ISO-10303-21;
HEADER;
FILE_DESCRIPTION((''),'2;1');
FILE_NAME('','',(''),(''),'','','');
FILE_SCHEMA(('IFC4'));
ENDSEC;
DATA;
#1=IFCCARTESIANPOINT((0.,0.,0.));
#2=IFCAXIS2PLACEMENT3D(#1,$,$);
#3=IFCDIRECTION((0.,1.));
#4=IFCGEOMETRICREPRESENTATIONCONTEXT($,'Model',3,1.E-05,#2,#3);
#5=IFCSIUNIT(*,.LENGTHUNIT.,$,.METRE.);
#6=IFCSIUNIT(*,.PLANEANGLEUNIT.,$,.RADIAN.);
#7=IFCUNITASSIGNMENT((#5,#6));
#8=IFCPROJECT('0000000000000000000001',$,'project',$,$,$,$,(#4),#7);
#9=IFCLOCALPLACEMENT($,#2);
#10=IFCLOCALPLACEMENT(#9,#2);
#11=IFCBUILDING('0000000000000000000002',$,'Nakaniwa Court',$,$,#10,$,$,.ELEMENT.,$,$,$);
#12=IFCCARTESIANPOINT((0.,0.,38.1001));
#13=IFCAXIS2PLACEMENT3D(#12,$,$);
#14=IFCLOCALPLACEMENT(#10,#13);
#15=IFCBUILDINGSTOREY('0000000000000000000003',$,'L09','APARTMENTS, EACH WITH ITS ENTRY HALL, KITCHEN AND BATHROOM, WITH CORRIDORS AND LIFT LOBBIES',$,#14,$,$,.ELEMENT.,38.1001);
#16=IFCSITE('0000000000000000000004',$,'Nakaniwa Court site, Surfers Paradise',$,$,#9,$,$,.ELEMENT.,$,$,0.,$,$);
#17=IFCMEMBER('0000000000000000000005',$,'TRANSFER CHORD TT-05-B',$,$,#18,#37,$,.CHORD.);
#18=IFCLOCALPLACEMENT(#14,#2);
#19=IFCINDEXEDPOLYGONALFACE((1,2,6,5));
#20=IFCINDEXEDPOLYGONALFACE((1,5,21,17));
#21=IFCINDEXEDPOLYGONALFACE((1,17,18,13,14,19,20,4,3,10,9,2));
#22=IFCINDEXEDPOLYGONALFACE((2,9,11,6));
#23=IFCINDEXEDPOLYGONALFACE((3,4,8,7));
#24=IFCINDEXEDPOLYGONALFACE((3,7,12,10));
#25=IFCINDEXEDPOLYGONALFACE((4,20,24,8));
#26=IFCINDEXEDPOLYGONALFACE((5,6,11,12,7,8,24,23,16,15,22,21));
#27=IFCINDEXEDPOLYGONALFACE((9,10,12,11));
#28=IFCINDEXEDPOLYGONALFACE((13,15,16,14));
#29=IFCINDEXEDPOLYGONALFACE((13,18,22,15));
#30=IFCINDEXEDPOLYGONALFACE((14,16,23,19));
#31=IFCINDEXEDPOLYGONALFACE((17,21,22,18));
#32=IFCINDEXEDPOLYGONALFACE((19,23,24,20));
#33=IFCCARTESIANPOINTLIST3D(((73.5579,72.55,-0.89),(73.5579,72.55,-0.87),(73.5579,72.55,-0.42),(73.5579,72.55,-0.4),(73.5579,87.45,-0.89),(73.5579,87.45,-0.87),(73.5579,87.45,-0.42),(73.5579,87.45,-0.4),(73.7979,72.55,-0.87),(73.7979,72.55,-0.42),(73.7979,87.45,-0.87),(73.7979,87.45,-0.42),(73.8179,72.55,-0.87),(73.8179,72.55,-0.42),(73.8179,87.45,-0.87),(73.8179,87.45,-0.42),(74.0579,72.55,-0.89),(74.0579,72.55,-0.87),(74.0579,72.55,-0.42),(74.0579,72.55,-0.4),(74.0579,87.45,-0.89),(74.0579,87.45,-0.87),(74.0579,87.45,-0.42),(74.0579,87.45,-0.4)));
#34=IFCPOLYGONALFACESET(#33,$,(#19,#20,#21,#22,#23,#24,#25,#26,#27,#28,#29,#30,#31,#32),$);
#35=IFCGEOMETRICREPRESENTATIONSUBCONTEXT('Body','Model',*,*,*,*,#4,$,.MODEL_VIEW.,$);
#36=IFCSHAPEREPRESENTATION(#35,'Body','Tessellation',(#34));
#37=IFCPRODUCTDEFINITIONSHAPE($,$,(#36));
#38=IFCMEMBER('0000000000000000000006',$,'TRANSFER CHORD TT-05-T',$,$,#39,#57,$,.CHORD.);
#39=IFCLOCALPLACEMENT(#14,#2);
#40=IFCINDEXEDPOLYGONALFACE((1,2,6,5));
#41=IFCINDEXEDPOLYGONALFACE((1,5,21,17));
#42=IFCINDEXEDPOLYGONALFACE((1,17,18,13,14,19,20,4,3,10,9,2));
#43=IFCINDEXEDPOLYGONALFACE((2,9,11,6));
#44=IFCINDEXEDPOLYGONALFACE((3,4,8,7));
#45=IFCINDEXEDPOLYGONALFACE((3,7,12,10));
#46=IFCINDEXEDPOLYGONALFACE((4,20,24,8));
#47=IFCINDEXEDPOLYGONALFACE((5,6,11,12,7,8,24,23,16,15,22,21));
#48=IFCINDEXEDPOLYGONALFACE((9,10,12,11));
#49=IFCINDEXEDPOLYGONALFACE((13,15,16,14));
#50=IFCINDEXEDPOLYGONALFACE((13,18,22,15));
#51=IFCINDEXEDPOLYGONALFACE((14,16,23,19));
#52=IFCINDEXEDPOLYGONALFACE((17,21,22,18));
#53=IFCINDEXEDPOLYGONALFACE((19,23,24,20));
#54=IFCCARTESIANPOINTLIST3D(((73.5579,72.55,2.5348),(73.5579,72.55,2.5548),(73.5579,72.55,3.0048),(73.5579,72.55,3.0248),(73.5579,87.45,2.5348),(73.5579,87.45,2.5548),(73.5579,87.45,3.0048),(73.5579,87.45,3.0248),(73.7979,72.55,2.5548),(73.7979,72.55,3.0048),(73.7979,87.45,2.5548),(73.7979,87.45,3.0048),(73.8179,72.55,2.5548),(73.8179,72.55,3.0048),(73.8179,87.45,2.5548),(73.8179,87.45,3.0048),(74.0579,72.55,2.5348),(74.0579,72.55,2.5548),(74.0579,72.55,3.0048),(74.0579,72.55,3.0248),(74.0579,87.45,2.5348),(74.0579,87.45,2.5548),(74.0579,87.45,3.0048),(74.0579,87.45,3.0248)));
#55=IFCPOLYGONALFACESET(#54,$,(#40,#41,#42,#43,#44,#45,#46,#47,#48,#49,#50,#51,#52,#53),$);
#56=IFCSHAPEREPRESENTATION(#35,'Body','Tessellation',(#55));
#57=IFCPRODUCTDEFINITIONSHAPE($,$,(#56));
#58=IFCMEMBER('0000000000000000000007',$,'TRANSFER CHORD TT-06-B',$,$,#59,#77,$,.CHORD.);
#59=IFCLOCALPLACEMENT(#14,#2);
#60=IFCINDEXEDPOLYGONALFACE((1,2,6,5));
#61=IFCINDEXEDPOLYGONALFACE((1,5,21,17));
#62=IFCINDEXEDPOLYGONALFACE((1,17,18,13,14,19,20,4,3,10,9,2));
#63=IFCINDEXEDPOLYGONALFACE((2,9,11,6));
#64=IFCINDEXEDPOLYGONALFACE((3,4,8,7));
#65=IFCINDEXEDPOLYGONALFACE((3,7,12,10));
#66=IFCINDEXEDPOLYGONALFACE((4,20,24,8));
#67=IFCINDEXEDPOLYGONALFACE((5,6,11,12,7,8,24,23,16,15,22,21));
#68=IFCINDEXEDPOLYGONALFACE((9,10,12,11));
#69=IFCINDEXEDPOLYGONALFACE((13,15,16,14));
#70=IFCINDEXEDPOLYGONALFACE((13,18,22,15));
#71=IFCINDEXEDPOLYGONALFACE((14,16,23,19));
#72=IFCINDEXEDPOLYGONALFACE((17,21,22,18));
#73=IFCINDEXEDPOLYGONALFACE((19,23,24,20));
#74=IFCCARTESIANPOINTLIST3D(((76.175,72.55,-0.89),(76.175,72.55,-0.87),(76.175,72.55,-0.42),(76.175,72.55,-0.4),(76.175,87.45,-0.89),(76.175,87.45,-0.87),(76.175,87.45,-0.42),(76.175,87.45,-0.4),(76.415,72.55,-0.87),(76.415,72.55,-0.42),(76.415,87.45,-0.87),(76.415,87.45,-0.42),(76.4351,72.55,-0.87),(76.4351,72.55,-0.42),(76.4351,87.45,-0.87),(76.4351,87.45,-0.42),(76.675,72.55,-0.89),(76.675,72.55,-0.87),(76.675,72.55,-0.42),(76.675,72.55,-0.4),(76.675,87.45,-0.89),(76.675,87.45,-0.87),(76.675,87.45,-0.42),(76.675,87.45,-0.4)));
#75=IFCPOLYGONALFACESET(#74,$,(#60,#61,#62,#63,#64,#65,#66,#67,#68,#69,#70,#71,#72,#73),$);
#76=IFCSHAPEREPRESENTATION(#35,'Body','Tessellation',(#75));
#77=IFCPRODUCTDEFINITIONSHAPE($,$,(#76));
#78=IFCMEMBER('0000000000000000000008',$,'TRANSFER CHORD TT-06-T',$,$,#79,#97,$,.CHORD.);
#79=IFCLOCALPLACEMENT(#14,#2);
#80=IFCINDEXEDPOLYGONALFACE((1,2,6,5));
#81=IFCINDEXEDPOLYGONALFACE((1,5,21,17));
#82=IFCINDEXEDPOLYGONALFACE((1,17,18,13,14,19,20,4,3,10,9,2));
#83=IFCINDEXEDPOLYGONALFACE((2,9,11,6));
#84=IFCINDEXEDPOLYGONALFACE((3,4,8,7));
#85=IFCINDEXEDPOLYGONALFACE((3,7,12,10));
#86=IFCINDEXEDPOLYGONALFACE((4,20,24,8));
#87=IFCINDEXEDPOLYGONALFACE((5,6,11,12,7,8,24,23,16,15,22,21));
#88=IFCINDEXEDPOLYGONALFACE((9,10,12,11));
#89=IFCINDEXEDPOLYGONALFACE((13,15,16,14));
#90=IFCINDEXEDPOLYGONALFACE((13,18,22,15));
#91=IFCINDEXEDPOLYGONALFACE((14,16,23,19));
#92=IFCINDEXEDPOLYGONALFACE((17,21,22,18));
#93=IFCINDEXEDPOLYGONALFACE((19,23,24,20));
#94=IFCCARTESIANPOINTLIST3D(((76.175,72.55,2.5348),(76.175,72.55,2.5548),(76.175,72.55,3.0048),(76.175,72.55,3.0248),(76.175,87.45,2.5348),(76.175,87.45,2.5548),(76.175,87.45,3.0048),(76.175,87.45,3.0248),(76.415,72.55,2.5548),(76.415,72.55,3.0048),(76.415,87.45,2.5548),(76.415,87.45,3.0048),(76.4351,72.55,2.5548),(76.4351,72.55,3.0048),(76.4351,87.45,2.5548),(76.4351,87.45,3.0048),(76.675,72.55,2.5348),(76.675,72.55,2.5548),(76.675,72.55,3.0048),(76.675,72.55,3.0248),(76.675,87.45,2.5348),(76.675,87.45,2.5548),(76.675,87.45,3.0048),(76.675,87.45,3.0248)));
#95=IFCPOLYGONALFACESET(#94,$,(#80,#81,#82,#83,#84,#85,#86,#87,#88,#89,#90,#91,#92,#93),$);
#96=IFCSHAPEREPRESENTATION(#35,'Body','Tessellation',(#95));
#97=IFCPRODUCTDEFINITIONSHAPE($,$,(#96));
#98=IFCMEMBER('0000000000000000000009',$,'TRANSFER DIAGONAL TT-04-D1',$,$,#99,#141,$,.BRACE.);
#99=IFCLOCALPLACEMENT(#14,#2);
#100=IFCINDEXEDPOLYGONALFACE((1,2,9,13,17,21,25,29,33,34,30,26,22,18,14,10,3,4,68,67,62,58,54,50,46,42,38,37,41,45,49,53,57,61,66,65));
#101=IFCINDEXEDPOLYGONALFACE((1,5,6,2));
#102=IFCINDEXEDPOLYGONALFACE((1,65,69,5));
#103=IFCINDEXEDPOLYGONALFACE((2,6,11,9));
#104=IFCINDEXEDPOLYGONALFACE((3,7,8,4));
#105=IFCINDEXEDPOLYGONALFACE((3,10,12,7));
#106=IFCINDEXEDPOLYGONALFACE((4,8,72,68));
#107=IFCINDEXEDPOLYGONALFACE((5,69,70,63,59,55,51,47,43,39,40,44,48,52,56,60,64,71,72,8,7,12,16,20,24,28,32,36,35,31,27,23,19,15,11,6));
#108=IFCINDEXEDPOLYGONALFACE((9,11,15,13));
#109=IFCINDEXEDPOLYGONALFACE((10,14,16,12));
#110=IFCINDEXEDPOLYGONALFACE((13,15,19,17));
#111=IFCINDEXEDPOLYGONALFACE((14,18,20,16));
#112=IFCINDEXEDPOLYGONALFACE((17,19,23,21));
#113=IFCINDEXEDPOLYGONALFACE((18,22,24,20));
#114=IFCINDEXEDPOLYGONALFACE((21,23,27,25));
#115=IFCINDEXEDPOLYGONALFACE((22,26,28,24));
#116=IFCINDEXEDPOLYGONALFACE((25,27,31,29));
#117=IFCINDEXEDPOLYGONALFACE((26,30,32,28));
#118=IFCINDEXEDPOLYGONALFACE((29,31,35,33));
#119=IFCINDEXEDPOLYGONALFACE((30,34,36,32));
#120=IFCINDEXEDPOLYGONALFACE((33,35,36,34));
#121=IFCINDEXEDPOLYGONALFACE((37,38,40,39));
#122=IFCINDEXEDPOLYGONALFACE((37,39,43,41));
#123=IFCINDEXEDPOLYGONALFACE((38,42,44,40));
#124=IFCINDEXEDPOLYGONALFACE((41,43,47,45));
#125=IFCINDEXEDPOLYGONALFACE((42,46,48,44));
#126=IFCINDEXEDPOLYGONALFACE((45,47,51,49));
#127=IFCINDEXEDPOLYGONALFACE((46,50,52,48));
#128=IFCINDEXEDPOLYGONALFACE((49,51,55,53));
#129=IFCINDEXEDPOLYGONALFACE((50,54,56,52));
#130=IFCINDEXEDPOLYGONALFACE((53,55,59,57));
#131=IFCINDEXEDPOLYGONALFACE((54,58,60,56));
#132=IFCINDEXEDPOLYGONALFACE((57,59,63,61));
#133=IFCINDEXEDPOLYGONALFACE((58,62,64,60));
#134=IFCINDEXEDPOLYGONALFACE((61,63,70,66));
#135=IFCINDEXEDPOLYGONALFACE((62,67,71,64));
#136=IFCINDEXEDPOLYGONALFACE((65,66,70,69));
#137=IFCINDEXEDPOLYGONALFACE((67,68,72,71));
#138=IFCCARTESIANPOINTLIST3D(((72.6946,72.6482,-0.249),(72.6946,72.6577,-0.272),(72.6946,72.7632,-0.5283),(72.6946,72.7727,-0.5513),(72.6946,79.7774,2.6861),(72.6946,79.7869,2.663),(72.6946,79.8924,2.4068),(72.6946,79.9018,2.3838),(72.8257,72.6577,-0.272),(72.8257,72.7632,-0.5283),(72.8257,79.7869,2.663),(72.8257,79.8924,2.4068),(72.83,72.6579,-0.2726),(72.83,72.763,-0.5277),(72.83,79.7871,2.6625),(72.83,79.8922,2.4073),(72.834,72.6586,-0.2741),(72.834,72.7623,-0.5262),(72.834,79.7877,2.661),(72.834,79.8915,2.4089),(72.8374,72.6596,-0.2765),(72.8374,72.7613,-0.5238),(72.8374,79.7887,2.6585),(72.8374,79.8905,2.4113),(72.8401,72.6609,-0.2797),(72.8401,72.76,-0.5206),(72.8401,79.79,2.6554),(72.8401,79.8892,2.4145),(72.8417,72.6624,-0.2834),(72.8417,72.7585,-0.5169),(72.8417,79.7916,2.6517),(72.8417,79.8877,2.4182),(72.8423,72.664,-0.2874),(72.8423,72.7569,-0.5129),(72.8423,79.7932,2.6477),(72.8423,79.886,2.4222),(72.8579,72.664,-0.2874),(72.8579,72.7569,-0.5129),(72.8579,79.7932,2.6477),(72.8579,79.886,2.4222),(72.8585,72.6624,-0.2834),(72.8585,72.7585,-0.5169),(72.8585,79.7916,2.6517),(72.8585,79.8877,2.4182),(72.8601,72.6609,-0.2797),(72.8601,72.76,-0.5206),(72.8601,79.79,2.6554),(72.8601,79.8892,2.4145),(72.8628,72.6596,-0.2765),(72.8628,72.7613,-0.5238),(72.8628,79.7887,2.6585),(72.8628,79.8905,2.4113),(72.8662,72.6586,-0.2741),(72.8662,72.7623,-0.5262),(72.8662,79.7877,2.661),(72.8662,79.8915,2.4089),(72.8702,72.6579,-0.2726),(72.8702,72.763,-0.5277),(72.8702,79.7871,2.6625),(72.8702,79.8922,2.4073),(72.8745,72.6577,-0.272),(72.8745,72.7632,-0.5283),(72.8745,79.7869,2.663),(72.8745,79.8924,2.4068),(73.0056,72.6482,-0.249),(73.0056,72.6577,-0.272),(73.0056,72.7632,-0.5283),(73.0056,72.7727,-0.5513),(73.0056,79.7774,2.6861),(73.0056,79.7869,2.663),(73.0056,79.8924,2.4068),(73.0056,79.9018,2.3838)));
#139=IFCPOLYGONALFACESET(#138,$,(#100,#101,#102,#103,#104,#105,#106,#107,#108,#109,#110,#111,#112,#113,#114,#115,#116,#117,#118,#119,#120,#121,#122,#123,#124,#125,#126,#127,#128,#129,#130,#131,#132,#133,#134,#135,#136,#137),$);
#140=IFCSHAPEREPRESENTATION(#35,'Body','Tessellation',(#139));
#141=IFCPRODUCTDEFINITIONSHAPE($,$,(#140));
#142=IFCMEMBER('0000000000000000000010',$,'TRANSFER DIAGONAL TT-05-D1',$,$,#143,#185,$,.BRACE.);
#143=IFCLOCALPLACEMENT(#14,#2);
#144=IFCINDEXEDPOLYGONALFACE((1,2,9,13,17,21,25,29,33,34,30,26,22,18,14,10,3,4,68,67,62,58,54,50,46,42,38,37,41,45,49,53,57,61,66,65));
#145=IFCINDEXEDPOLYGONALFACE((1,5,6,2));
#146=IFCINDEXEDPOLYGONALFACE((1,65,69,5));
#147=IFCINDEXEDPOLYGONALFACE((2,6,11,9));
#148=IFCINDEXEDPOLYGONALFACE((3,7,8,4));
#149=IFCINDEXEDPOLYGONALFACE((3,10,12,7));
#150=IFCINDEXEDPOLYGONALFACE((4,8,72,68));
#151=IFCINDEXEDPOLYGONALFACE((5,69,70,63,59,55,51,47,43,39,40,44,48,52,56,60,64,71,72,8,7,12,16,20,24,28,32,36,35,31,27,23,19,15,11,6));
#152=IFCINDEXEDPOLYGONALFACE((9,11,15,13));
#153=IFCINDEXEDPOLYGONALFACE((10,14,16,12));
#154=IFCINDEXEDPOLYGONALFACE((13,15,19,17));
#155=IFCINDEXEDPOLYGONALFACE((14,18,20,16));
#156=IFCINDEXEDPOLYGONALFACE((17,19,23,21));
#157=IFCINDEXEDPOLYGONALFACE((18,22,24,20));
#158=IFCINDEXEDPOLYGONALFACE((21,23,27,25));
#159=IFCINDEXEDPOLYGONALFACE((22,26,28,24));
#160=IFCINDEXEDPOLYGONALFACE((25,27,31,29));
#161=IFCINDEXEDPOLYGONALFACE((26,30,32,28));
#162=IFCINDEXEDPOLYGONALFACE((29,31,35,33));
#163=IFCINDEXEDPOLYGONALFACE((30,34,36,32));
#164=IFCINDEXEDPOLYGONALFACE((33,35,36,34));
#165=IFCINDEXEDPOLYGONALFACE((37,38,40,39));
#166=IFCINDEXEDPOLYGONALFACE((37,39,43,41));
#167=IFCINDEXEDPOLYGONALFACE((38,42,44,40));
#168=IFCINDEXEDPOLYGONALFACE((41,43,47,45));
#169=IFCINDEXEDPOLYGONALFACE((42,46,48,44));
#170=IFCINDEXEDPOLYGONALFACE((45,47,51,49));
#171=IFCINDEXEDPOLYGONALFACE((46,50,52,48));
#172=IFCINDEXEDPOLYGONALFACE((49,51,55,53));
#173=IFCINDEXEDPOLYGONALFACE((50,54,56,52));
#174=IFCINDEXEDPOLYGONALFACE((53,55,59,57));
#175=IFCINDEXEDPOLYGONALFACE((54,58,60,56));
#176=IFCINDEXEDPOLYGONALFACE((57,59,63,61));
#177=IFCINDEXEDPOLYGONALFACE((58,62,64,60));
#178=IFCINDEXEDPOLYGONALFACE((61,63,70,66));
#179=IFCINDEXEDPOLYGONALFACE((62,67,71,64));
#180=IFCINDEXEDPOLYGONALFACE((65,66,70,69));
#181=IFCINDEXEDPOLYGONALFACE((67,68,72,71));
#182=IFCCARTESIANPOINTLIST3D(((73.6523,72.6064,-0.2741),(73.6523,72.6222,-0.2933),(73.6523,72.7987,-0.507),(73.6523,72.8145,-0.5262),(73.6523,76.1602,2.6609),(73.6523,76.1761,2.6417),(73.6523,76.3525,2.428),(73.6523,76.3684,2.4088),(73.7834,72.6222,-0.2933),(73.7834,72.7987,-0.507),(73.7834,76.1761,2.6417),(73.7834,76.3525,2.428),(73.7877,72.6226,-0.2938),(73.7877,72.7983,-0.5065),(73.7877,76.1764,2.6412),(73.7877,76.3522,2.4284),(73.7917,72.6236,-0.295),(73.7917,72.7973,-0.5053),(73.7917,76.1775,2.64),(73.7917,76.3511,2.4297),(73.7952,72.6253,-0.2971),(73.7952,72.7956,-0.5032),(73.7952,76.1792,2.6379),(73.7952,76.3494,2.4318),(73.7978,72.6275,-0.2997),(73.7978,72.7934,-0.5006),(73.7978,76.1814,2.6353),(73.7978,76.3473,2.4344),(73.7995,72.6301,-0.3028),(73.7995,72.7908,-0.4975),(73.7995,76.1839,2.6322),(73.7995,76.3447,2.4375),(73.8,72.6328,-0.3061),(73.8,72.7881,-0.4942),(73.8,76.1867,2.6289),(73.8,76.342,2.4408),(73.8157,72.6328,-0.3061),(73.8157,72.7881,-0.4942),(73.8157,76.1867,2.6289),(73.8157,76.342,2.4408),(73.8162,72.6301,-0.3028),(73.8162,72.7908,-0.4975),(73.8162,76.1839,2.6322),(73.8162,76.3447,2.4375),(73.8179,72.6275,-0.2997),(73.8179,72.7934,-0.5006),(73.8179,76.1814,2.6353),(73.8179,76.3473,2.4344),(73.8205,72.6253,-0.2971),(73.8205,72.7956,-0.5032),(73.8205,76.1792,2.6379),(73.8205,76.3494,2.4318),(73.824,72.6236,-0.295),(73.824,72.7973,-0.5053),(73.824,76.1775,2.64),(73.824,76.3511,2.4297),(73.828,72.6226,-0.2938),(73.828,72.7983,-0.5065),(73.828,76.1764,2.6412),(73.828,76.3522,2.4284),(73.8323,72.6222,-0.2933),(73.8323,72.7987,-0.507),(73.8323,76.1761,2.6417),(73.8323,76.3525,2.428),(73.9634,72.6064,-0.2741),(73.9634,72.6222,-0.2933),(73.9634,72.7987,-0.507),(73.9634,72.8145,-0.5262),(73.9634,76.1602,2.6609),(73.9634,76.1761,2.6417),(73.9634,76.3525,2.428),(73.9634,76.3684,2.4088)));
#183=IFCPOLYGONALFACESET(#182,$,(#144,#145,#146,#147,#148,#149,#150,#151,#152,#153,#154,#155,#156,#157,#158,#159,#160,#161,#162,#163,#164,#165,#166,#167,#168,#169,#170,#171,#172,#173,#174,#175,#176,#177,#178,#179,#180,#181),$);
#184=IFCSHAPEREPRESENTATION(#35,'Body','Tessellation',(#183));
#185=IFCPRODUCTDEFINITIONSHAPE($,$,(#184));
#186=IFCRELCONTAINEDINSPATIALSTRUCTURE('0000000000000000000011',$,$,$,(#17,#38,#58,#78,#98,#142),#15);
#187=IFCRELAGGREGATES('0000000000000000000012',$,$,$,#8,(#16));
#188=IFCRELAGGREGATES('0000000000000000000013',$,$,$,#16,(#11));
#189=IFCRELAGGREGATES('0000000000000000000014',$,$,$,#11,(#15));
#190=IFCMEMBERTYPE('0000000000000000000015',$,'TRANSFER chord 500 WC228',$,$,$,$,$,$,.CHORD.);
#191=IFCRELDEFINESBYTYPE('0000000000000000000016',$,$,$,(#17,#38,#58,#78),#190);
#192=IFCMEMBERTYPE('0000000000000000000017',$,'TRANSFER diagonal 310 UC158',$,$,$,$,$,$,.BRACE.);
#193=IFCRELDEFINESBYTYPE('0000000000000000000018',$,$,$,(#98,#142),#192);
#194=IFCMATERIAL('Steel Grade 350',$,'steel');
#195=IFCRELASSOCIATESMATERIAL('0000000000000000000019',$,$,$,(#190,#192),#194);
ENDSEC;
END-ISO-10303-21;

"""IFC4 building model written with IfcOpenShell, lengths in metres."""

from ifc_helpers import new_model, si_unit, direction, frame, origin, origin_2d, place, context, subcontext, project, spatial, i_section, extrude, material, material_profile, profile_set, type_object, element, save


model = new_model("IFC4")

# Units and contexts
model_context = context("Model", 3, precision=1e-05, world=origin(), true_north=direction((0.0, 1.0)))
body_context = subcontext(model_context, "Body", "Model", "MODEL_VIEW")
ifc_project = project(units=[si_unit("LENGTHUNIT", "METRE"), si_unit("PLANEANGLEUNIT", "RADIAN")], contexts=[model_context])

# Site, building, storey
site_placement = place(None, origin())
site = spatial("IfcSite", under=ifc_project, at=site_placement, Name="Nakaniwa Court site, Surfers Paradise", CompositionType="ELEMENT", RefElevation=0.0)
building_placement = place(site_placement, origin())
building = spatial("IfcBuilding", under=site, at=building_placement, Name="Nakaniwa Court", CompositionType="ELEMENT")
storey_placement = place(building_placement, frame((0.0, 0.0, 38.1001)))
storey = spatial("IfcBuildingStorey", under=building, at=storey_placement, Name="L09", Description="APARTMENTS, EACH WITH ITS ENTRY HALL, KITCHEN AND BATHROOM, WITH CORRIDORS AND LIFT LOBBIES", CompositionType="ELEMENT", Elevation=38.1001)

# Members
ifc_material_1 = material(Name="Steel Grade 350", Category="steel")
ifc_material_profile_1 = material_profile(ifc_material_1, i_section(OverallWidth=0.5, OverallDepth=0.49, WebThickness=0.02, FlangeThickness=0.02, at=origin_2d()), Name="500WC228")
ifc_profile_set_1 = profile_set([ifc_material_profile_1], Name="Steel Grade 350")
member_type_1 = type_object("IfcMemberType", Name="TRANSFER chord 500 WC228", PredefinedType="CHORD", material=ifc_profile_set_1)
for number, where, z_axis, x_axis, name in (
    (1, (73.8079, 72.55, -0.645), (0.0, 1.0, 0.0), (-1.0, 0.0, 0.0), "TRANSFER CHORD TT-05-B"),
    (2, (73.8079, 72.55, 2.7798), (0.0, 1.0, 0.0), (-1.0, 0.0, 0.0), "TRANSFER CHORD TT-05-T"),
    (3, (76.425, 72.55, -0.645), (0.0, 1.0, 0.0), (-1.0, 0.0, 0.0), "TRANSFER CHORD TT-06-B"),
    (4, (76.425, 72.55, 2.7798), (0.0, 1.0, 0.0), (-1.0, 0.0, 0.0), "TRANSFER CHORD TT-06-T"),
):
    element("IfcMember", number, at=place(storey_placement, frame(where, z_axis=z_axis, x_axis=x_axis)), inside=storey, type_object=member_type_1, Name=name, PredefinedType="CHORD", context=body_context, shape_type="SweptSolid", body=[
        extrude(i_section(OverallWidth=0.5, OverallDepth=0.49, WebThickness=0.02, FlangeThickness=0.02, at=origin_2d()), origin(), (0.0, 0.0, 1.0), 14.8999),
    ])
ifc_material_profile_2 = material_profile(ifc_material_1, i_section(OverallWidth=0.311, OverallDepth=0.3269, WebThickness=0.0156, FlangeThickness=0.0249, FilletRadius=0.0166, at=origin_2d()), Name="310UC158")
ifc_profile_set_2 = profile_set([ifc_material_profile_2], Name="Steel Grade 350")
member_type_2 = type_object("IfcMemberType", Name="TRANSFER diagonal 310 UC158", PredefinedType="BRACE", material=ifc_profile_set_2)
member_1_placement = place(storey_placement, frame((72.8501, 72.7104, -0.4001), z_axis=(0.0, 0.9247, 0.380697), x_axis=(-1.0, 0.0, 0.0)))
element("IfcMember", 5, at=member_1_placement, inside=storey, type_object=member_type_2, Name="TRANSFER DIAGONAL TT-04-D1", PredefinedType="BRACE", context=body_context, shape_type="SweptSolid", body=[
    extrude(i_section(OverallWidth=0.311, OverallDepth=0.3269, WebThickness=0.0156, FlangeThickness=0.0249, FilletRadius=0.0166, at=origin_2d()), origin(), (0.0, 0.0, 1.0), 7.7097),
])
member_2_placement = place(storey_placement, frame((73.8079, 72.7104, -0.4001), z_axis=(0.0, 0.771049, 0.636776), x_axis=(-1.0, 0.0, 0.0)))
element("IfcMember", 6, at=member_2_placement, inside=storey, type_object=member_type_2, Name="TRANSFER DIAGONAL TT-05-D1", PredefinedType="BRACE", context=body_context, shape_type="SweptSolid", body=[
    extrude(i_section(OverallWidth=0.311, OverallDepth=0.3269, WebThickness=0.0156, FlangeThickness=0.0249, FilletRadius=0.0166, at=origin_2d()), origin(), (0.0, 0.0, 1.0), 4.6091),
])

save(model, "model.ifc")
